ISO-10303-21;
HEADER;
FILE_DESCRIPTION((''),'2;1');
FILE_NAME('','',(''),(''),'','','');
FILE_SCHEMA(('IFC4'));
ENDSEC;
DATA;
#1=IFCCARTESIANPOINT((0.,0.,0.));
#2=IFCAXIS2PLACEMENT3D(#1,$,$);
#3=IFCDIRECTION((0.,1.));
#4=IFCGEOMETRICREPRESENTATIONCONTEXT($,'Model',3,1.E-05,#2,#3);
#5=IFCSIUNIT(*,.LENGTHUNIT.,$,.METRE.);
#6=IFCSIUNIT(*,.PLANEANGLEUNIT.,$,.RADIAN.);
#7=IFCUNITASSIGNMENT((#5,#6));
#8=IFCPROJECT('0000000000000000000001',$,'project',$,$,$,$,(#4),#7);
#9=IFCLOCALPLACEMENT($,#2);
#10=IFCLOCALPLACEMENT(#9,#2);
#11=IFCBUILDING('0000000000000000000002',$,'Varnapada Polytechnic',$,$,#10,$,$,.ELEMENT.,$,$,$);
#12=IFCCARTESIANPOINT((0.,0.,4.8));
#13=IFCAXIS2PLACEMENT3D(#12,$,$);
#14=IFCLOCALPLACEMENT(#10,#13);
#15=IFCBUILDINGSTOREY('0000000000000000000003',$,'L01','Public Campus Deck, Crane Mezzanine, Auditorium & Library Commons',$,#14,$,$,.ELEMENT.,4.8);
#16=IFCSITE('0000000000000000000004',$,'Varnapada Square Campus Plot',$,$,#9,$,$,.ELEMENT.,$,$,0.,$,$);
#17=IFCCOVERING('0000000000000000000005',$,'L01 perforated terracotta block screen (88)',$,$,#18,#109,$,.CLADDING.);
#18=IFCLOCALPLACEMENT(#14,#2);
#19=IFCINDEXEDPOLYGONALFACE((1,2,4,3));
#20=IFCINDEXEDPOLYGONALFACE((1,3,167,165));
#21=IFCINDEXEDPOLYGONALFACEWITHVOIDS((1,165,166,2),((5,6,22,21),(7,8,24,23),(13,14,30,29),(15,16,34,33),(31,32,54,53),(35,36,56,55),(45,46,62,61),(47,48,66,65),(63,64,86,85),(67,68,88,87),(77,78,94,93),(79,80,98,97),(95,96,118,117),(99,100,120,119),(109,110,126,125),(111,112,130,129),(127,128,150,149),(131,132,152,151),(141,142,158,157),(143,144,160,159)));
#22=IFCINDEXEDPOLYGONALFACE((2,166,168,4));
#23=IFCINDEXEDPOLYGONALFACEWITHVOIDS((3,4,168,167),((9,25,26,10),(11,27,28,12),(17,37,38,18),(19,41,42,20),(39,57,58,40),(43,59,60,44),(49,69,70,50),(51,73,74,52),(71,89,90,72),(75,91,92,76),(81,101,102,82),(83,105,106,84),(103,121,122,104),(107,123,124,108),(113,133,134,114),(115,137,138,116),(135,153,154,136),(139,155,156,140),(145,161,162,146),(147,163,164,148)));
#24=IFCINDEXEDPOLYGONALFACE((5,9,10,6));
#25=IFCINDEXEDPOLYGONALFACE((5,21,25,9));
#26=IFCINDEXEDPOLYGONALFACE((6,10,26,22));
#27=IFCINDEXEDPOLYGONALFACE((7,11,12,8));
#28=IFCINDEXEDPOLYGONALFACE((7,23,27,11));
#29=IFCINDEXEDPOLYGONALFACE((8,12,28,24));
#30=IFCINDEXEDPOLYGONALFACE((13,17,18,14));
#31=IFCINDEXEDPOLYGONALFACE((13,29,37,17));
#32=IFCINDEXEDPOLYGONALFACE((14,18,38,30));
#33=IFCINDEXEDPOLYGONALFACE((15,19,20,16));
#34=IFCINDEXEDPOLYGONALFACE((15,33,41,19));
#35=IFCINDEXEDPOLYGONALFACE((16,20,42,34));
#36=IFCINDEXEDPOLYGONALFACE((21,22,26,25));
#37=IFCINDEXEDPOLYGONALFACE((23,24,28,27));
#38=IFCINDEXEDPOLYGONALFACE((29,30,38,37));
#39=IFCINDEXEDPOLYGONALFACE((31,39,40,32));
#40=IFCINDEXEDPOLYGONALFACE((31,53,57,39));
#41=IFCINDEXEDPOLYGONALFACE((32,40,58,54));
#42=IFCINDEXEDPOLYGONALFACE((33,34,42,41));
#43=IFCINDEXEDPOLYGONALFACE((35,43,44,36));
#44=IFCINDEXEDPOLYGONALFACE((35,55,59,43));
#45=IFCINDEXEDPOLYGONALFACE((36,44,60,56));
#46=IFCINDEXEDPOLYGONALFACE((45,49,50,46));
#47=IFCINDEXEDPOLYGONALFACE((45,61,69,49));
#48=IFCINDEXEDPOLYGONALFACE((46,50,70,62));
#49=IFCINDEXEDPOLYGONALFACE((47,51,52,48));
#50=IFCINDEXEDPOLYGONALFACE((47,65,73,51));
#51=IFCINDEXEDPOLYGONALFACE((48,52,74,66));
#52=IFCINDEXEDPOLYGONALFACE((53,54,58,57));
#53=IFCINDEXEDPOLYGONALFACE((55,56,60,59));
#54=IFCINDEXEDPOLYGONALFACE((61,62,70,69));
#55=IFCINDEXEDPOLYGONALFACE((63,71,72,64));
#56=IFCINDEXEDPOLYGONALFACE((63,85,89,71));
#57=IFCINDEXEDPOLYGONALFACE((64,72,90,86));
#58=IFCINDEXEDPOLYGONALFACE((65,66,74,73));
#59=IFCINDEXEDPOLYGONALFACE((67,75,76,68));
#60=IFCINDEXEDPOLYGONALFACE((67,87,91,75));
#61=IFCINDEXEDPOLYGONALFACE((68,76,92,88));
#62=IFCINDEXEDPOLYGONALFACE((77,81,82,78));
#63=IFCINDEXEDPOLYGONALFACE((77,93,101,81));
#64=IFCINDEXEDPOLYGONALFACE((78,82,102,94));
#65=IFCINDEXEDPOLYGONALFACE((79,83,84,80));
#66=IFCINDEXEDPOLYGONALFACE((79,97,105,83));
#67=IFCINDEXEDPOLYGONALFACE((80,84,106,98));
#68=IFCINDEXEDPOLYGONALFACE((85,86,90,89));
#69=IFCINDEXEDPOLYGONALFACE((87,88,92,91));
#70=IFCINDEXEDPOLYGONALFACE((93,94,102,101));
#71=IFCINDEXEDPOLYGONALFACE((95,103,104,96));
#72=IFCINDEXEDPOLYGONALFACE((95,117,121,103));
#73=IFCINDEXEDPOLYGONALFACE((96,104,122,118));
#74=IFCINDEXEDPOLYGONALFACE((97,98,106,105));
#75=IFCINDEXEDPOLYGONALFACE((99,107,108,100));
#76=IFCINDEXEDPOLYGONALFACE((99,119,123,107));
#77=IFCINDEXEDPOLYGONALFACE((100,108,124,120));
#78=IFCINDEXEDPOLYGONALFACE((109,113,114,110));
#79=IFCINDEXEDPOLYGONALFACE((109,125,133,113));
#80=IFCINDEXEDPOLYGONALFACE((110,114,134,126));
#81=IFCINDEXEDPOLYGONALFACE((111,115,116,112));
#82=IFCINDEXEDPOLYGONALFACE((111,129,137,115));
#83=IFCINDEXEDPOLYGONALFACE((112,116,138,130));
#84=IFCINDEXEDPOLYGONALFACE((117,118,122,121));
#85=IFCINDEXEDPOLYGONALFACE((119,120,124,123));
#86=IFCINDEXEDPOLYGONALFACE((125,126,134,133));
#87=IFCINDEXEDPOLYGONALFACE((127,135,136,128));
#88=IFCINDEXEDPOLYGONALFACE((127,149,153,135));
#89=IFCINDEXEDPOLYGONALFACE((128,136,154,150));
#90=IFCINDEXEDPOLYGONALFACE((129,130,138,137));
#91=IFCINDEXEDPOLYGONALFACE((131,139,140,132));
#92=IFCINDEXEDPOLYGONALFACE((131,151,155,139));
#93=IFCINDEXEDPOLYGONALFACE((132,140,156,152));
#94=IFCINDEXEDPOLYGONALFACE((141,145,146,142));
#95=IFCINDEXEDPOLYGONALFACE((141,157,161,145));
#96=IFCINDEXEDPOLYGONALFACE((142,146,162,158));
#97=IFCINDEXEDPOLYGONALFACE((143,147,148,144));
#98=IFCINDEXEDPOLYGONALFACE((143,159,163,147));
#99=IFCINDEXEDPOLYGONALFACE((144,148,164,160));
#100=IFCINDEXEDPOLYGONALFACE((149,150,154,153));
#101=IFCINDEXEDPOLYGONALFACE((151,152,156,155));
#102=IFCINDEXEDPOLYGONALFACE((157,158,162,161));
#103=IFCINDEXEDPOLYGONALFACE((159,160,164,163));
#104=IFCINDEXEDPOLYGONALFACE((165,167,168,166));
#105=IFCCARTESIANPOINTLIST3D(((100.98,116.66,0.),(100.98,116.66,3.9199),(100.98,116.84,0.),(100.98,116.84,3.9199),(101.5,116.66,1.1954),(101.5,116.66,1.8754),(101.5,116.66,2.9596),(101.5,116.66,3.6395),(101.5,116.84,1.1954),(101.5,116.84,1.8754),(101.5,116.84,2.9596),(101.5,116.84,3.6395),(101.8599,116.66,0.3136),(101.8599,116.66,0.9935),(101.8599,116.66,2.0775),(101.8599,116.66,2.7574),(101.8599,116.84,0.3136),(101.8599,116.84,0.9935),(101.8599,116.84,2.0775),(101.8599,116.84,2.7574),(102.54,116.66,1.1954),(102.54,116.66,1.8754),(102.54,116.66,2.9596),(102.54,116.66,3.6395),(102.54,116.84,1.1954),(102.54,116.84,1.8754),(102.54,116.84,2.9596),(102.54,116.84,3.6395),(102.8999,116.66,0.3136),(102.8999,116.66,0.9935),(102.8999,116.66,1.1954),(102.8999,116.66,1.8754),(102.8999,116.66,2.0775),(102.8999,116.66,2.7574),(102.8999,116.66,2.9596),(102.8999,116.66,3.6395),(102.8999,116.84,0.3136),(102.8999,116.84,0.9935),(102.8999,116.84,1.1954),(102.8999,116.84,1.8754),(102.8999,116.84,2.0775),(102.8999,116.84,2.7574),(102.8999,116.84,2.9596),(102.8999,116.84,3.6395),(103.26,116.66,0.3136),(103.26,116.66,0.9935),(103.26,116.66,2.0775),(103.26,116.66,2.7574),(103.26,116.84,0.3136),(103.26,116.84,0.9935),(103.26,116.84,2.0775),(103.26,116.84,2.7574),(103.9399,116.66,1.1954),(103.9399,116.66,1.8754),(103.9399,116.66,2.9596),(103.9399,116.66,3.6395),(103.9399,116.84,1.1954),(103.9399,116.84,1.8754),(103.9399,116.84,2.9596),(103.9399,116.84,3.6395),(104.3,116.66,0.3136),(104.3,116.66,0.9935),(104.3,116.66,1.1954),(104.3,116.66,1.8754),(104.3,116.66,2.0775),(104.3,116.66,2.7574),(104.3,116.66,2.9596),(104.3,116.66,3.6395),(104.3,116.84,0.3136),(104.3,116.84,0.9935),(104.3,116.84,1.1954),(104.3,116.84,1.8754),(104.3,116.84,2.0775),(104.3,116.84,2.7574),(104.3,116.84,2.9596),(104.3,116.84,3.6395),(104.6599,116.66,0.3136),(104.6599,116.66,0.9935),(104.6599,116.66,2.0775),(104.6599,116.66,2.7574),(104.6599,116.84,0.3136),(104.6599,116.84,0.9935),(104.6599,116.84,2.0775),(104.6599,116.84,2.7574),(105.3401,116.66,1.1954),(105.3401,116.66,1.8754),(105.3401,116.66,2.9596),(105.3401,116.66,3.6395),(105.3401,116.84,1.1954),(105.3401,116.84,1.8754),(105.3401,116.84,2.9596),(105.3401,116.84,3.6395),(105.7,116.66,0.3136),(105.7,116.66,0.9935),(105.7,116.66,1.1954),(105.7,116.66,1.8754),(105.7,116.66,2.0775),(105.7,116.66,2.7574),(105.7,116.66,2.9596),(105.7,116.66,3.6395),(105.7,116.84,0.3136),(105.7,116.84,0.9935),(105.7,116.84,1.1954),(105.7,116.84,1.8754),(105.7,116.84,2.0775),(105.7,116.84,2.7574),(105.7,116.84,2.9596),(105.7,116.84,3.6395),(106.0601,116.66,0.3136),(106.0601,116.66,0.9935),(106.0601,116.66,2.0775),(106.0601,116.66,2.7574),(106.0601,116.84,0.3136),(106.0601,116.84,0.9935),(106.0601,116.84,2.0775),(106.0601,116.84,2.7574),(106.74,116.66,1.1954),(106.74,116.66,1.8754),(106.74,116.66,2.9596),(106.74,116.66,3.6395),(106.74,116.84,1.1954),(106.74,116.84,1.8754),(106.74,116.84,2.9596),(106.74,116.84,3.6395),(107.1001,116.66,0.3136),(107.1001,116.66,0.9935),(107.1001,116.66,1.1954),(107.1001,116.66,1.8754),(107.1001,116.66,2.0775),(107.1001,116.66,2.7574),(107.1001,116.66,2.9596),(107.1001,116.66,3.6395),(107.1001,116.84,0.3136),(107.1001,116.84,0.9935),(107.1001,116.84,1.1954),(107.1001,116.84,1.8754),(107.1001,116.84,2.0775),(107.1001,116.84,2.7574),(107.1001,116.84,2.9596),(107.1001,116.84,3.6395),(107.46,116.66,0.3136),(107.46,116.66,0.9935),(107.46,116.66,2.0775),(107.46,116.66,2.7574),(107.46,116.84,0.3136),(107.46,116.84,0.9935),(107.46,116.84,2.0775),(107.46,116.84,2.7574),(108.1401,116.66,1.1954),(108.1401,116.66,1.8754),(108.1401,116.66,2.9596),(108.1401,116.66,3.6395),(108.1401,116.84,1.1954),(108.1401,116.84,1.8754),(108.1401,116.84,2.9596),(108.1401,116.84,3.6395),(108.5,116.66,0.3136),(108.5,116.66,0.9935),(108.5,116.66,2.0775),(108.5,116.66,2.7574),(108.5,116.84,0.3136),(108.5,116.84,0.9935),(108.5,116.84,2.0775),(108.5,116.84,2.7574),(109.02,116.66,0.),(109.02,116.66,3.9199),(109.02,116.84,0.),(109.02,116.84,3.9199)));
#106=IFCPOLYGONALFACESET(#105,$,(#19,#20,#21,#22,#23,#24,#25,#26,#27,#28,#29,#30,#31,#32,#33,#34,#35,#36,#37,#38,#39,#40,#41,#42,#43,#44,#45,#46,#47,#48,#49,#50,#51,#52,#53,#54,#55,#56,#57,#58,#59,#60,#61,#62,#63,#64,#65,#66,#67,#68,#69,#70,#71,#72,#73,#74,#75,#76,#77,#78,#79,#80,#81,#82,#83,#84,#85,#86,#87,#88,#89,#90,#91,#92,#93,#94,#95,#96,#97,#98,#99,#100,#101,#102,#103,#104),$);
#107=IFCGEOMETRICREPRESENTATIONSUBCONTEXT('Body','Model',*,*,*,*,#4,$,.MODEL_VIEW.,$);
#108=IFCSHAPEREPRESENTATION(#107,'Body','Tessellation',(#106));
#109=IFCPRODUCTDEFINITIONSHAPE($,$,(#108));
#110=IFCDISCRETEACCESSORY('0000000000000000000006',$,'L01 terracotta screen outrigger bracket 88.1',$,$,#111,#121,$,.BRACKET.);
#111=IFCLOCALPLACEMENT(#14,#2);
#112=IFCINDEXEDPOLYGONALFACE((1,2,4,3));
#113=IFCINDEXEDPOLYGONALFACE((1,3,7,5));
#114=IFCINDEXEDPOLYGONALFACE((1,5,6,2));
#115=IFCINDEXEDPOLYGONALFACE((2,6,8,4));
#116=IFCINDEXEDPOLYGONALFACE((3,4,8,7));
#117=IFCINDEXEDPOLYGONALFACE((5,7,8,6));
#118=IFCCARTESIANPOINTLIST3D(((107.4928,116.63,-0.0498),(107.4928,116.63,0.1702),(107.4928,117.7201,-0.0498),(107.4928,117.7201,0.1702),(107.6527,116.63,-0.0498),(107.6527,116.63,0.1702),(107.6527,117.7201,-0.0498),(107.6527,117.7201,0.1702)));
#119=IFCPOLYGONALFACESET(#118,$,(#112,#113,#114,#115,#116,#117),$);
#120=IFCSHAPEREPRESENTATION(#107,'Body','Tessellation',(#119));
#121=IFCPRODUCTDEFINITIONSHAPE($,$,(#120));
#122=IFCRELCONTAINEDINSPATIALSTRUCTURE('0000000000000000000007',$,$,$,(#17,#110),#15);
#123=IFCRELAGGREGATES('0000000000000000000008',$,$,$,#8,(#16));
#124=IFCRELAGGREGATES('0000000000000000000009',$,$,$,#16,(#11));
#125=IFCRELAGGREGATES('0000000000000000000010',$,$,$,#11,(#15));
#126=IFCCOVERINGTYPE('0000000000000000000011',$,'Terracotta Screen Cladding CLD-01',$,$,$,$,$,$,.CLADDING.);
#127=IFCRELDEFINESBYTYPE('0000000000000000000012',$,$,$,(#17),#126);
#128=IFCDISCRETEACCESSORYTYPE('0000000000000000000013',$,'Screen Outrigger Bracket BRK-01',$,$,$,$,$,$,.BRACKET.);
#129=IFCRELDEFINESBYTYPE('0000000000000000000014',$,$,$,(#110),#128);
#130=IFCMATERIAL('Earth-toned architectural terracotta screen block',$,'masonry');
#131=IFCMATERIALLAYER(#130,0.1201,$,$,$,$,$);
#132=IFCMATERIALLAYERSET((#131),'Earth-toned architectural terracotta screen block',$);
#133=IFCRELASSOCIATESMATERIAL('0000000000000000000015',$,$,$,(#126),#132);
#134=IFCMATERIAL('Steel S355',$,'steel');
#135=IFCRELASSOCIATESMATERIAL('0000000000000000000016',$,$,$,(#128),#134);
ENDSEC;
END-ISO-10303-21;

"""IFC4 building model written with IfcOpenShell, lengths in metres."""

from ifc_helpers import new_model, si_unit, direction, frame, frame_2d, origin, origin_2d, place, context, subcontext, project, spatial, rectangle, extrude, material, layer, layer_set, type_object, element, save


model = new_model("IFC4")

# Units and contexts
model_context = context("Model", 3, precision=1e-05, world=origin(), true_north=direction((0.0, 1.0)))
body_context = subcontext(model_context, "Body", "Model", "MODEL_VIEW")
ifc_project = project(units=[si_unit("LENGTHUNIT", "METRE"), si_unit("PLANEANGLEUNIT", "RADIAN")], contexts=[model_context])

# Site, building, storey
site_placement = place(None, origin())
site = spatial("IfcSite", under=ifc_project, at=site_placement, Name="Varnapada Square Campus Plot", CompositionType="ELEMENT", RefElevation=0.0)
building_placement = place(site_placement, origin())
building = spatial("IfcBuilding", under=site, at=building_placement, Name="Varnapada Polytechnic", CompositionType="ELEMENT")
storey_placement = place(building_placement, frame((0.0, 0.0, 4.8)))
storey = spatial("IfcBuildingStorey", under=building, at=storey_placement, Name="L01", Description="Public Campus Deck, Crane Mezzanine, Auditorium & Library Commons", CompositionType="ELEMENT", Elevation=4.8)

# Covering, openings
ifc_material_1 = material(Name="Earth-toned architectural terracotta screen block", Category="masonry")
ifc_layer = layer(ifc_material_1, 0.1201)
ifc_layer_set = layer_set([ifc_layer], Name="Earth-toned architectural terracotta screen block")
covering_type = type_object("IfcCoveringType", Name="Terracotta Screen Cladding CLD-01", PredefinedType="CLADDING", material=ifc_layer_set)
covering_placement = place(storey_placement, frame((109.02, 116.75, 0.0), z_axis=(0.0, 0.0, 1.0), x_axis=(-1.0, 0.0, 0.0)))
covering = element("IfcCovering", 1, at=covering_placement, inside=storey, type_object=covering_type, Name="L01 perforated terracotta block screen (88)", PredefinedType="CLADDING", context=body_context, shape_type="SweptSolid", body=[
    extrude(rectangle(XDim=8.04, YDim=0.1799, at=frame_2d((4.02, 0.0))), origin(), (0.0, 0.0, 1.0), 3.9199),
])
opening_1_placement = place(covering_placement, frame((0.52, 0.0, 0.3137)))
element("IfcOpeningElement", 2, at=opening_1_placement, cuts=covering, PredefinedType="OPENING", context=body_context, shape_type="SweptSolid", body=[
    extrude(rectangle(XDim=1.04, YDim=0.6799, at=frame_2d((0.52, 0.3398))), frame((0.0, 0.0999, 0.0), z_axis=(0.0, -1.0, 0.0), x_axis=(1.0, 0.0, 0.0)), (0.0, 0.0, 1.0), 0.2),
])
opening_2_placement = place(covering_placement, frame((1.9199, 0.0, 0.3137)))
element("IfcOpeningElement", 3, at=opening_2_placement, cuts=covering, PredefinedType="OPENING", context=body_context, shape_type="SweptSolid", body=[
    extrude(rectangle(XDim=1.04, YDim=0.6799, at=frame_2d((0.52, 0.3398))), frame((0.0, 0.0999, 0.0), z_axis=(0.0, -1.0, 0.0), x_axis=(1.0, 0.0, 0.0)), (0.0, 0.0, 1.0), 0.2),
])
opening_3_placement = place(covering_placement, frame((3.3201, 0.0, 0.3137)))
element("IfcOpeningElement", 4, at=opening_3_placement, cuts=covering, PredefinedType="OPENING", context=body_context, shape_type="SweptSolid", body=[
    extrude(rectangle(XDim=1.04, YDim=0.6799, at=frame_2d((0.52, 0.3398))), frame((0.0, 0.0999, 0.0), z_axis=(0.0, -1.0, 0.0), x_axis=(1.0, 0.0, 0.0)), (0.0, 0.0, 1.0), 0.2),
])
opening_4_placement = place(covering_placement, frame((4.72, 0.0, 0.3137)))
element("IfcOpeningElement", 5, at=opening_4_placement, cuts=covering, PredefinedType="OPENING", context=body_context, shape_type="SweptSolid", body=[
    extrude(rectangle(XDim=1.04, YDim=0.6799, at=frame_2d((0.52, 0.3398))), frame((0.0, 0.0999, 0.0), z_axis=(0.0, -1.0, 0.0), x_axis=(1.0, 0.0, 0.0)), (0.0, 0.0, 1.0), 0.2),
])
opening_5_placement = place(covering_placement, frame((6.1201, 0.0, 0.3137)))
element("IfcOpeningElement", 6, at=opening_5_placement, cuts=covering, PredefinedType="OPENING", context=body_context, shape_type="SweptSolid", body=[
    extrude(rectangle(XDim=1.04, YDim=0.6799, at=frame_2d((0.52, 0.3398))), frame((0.0, 0.0999, 0.0), z_axis=(0.0, -1.0, 0.0), x_axis=(1.0, 0.0, 0.0)), (0.0, 0.0, 1.0), 0.2),
])
opening_6_placement = place(covering_placement, frame((0.8799, 0.0, 1.1956)))
element("IfcOpeningElement", 7, at=opening_6_placement, cuts=covering, PredefinedType="OPENING", context=body_context, shape_type="SweptSolid", body=[
    extrude(rectangle(XDim=1.04, YDim=0.6799, at=frame_2d((0.52, 0.3398))), frame((0.0, 0.0999, 0.0), z_axis=(0.0, -1.0, 0.0), x_axis=(1.0, 0.0, 0.0)), (0.0, 0.0, 1.0), 0.2),
])
opening_7_placement = place(covering_placement, frame((2.28, 0.0, 1.1956)))
element("IfcOpeningElement", 8, at=opening_7_placement, cuts=covering, PredefinedType="OPENING", context=body_context, shape_type="SweptSolid", body=[
    extrude(rectangle(XDim=1.04, YDim=0.6799, at=frame_2d((0.52, 0.3398))), frame((0.0, 0.0999, 0.0), z_axis=(0.0, -1.0, 0.0), x_axis=(1.0, 0.0, 0.0)), (0.0, 0.0, 1.0), 0.2),
])
opening_8_placement = place(covering_placement, frame((3.6799, 0.0, 1.1956)))
element("IfcOpeningElement", 9, at=opening_8_placement, cuts=covering, PredefinedType="OPENING", context=body_context, shape_type="SweptSolid", body=[
    extrude(rectangle(XDim=1.04, YDim=0.6799, at=frame_2d((0.52, 0.3398))), frame((0.0, 0.0999, 0.0), z_axis=(0.0, -1.0, 0.0), x_axis=(1.0, 0.0, 0.0)), (0.0, 0.0, 1.0), 0.2),
])
opening_9_placement = place(covering_placement, frame((5.0801, 0.0, 1.1956)))
element("IfcOpeningElement", 10, at=opening_9_placement, cuts=covering, PredefinedType="OPENING", context=body_context, shape_type="SweptSolid", body=[
    extrude(rectangle(XDim=1.04, YDim=0.6799, at=frame_2d((0.52, 0.3398))), frame((0.0, 0.0999, 0.0), z_axis=(0.0, -1.0, 0.0), x_axis=(1.0, 0.0, 0.0)), (0.0, 0.0, 1.0), 0.2),
])
opening_10_placement = place(covering_placement, frame((6.48, 0.0, 1.1956)))
element("IfcOpeningElement", 11, at=opening_10_placement, cuts=covering, PredefinedType="OPENING", context=body_context, shape_type="SweptSolid", body=[
    extrude(rectangle(XDim=1.04, YDim=0.6799, at=frame_2d((0.52, 0.3398))), frame((0.0, 0.0999, 0.0), z_axis=(0.0, -1.0, 0.0), x_axis=(1.0, 0.0, 0.0)), (0.0, 0.0, 1.0), 0.2),
])
opening_11_placement = place(covering_placement, frame((0.52, 0.0, 2.0776)))
element("IfcOpeningElement", 12, at=opening_11_placement, cuts=covering, PredefinedType="OPENING", context=body_context, shape_type="SweptSolid", body=[
    extrude(rectangle(XDim=1.04, YDim=0.6799, at=frame_2d((0.52, 0.3398))), frame((0.0, 0.0999, 0.0), z_axis=(0.0, -1.0, 0.0), x_axis=(1.0, 0.0, 0.0)), (0.0, 0.0, 1.0), 0.2),
])
opening_12_placement = place(covering_placement, frame((1.9199, 0.0, 2.0776)))
element("IfcOpeningElement", 13, at=opening_12_placement, cuts=covering, PredefinedType="OPENING", context=body_context, shape_type="SweptSolid", body=[
    extrude(rectangle(XDim=1.04, YDim=0.6799, at=frame_2d((0.52, 0.3398))), frame((0.0, 0.0999, 0.0), z_axis=(0.0, -1.0, 0.0), x_axis=(1.0, 0.0, 0.0)), (0.0, 0.0, 1.0), 0.2),
])
opening_13_placement = place(covering_placement, frame((3.3201, 0.0, 2.0776)))
element("IfcOpeningElement", 14, at=opening_13_placement, cuts=covering, PredefinedType="OPENING", context=body_context, shape_type="SweptSolid", body=[
    extrude(rectangle(XDim=1.04, YDim=0.6799, at=frame_2d((0.52, 0.3398))), frame((0.0, 0.0999, 0.0), z_axis=(0.0, -1.0, 0.0), x_axis=(1.0, 0.0, 0.0)), (0.0, 0.0, 1.0), 0.2),
])
opening_14_placement = place(covering_placement, frame((4.72, 0.0, 2.0776)))
element("IfcOpeningElement", 15, at=opening_14_placement, cuts=covering, PredefinedType="OPENING", context=body_context, shape_type="SweptSolid", body=[
    extrude(rectangle(XDim=1.04, YDim=0.6799, at=frame_2d((0.52, 0.3398))), frame((0.0, 0.0999, 0.0), z_axis=(0.0, -1.0, 0.0), x_axis=(1.0, 0.0, 0.0)), (0.0, 0.0, 1.0), 0.2),
])
opening_15_placement = place(covering_placement, frame((6.1201, 0.0, 2.0776)))
element("IfcOpeningElement", 16, at=opening_15_placement, cuts=covering, PredefinedType="OPENING", context=body_context, shape_type="SweptSolid", body=[
    extrude(rectangle(XDim=1.04, YDim=0.6799, at=frame_2d((0.52, 0.3398))), frame((0.0, 0.0999, 0.0), z_axis=(0.0, -1.0, 0.0), x_axis=(1.0, 0.0, 0.0)), (0.0, 0.0, 1.0), 0.2),
])
opening_16_placement = place(covering_placement, frame((0.8799, 0.0, 2.9597)))
element("IfcOpeningElement", 17, at=opening_16_placement, cuts=covering, PredefinedType="OPENING", context=body_context, shape_type="SweptSolid", body=[
    extrude(rectangle(XDim=1.04, YDim=0.6799, at=frame_2d((0.52, 0.3398))), frame((0.0, 0.0999, 0.0), z_axis=(0.0, -1.0, 0.0), x_axis=(1.0, 0.0, 0.0)), (0.0, 0.0, 1.0), 0.2),
])
opening_17_placement = place(covering_placement, frame((2.28, 0.0, 2.9597)))
element("IfcOpeningElement", 18, at=opening_17_placement, cuts=covering, PredefinedType="OPENING", context=body_context, shape_type="SweptSolid", body=[
    extrude(rectangle(XDim=1.04, YDim=0.6799, at=frame_2d((0.52, 0.3398))), frame((0.0, 0.0999, 0.0), z_axis=(0.0, -1.0, 0.0), x_axis=(1.0, 0.0, 0.0)), (0.0, 0.0, 1.0), 0.2),
])
opening_18_placement = place(covering_placement, frame((3.6799, 0.0, 2.9597)))
element("IfcOpeningElement", 19, at=opening_18_placement, cuts=covering, PredefinedType="OPENING", context=body_context, shape_type="SweptSolid", body=[
    extrude(rectangle(XDim=1.04, YDim=0.6799, at=frame_2d((0.52, 0.3398))), frame((0.0, 0.0999, 0.0), z_axis=(0.0, -1.0, 0.0), x_axis=(1.0, 0.0, 0.0)), (0.0, 0.0, 1.0), 0.2),
])
opening_19_placement = place(covering_placement, frame((5.0801, 0.0, 2.9597)))
element("IfcOpeningElement", 20, at=opening_19_placement, cuts=covering, PredefinedType="OPENING", context=body_context, shape_type="SweptSolid", body=[
    extrude(rectangle(XDim=1.04, YDim=0.6799, at=frame_2d((0.52, 0.3398))), frame((0.0, 0.0999, 0.0), z_axis=(0.0, -1.0, 0.0), x_axis=(1.0, 0.0, 0.0)), (0.0, 0.0, 1.0), 0.2),
])
opening_20_placement = place(covering_placement, frame((6.48, 0.0, 2.9597)))
element("IfcOpeningElement", 21, at=opening_20_placement, cuts=covering, PredefinedType="OPENING", context=body_context, shape_type="SweptSolid", body=[
    extrude(rectangle(XDim=1.04, YDim=0.6799, at=frame_2d((0.52, 0.3398))), frame((0.0, 0.0999, 0.0), z_axis=(0.0, -1.0, 0.0), x_axis=(1.0, 0.0, 0.0)), (0.0, 0.0, 1.0), 0.2),
])

# Discrete accessory
ifc_material_2 = material(Name="Steel S355", Category="steel")
discrete_accessory_type = type_object("IfcDiscreteAccessoryType", Name="Screen Outrigger Bracket BRK-01", PredefinedType="BRACKET", material=ifc_material_2)
for number, where, z_axis, x_axis, name in (
    (22, (107.5728, 117.175, -0.0498), (0.0, 0.0, 1.0), (-1.0, 0.0, 0.0), "L01 terracotta screen outrigger bracket 88.1"),
):
    element("IfcDiscreteAccessory", number, at=place(storey_placement, frame(where, z_axis=z_axis, x_axis=x_axis)), inside=storey, type_object=discrete_accessory_type, Name=name, PredefinedType="BRACKET", context=body_context, shape_type="SweptSolid", body=[
        extrude(rectangle(XDim=0.1599, YDim=1.0901, at=origin_2d()), origin(), (0.0, 0.0, 1.0), 0.22),
    ])

save(model, "model.ifc")
